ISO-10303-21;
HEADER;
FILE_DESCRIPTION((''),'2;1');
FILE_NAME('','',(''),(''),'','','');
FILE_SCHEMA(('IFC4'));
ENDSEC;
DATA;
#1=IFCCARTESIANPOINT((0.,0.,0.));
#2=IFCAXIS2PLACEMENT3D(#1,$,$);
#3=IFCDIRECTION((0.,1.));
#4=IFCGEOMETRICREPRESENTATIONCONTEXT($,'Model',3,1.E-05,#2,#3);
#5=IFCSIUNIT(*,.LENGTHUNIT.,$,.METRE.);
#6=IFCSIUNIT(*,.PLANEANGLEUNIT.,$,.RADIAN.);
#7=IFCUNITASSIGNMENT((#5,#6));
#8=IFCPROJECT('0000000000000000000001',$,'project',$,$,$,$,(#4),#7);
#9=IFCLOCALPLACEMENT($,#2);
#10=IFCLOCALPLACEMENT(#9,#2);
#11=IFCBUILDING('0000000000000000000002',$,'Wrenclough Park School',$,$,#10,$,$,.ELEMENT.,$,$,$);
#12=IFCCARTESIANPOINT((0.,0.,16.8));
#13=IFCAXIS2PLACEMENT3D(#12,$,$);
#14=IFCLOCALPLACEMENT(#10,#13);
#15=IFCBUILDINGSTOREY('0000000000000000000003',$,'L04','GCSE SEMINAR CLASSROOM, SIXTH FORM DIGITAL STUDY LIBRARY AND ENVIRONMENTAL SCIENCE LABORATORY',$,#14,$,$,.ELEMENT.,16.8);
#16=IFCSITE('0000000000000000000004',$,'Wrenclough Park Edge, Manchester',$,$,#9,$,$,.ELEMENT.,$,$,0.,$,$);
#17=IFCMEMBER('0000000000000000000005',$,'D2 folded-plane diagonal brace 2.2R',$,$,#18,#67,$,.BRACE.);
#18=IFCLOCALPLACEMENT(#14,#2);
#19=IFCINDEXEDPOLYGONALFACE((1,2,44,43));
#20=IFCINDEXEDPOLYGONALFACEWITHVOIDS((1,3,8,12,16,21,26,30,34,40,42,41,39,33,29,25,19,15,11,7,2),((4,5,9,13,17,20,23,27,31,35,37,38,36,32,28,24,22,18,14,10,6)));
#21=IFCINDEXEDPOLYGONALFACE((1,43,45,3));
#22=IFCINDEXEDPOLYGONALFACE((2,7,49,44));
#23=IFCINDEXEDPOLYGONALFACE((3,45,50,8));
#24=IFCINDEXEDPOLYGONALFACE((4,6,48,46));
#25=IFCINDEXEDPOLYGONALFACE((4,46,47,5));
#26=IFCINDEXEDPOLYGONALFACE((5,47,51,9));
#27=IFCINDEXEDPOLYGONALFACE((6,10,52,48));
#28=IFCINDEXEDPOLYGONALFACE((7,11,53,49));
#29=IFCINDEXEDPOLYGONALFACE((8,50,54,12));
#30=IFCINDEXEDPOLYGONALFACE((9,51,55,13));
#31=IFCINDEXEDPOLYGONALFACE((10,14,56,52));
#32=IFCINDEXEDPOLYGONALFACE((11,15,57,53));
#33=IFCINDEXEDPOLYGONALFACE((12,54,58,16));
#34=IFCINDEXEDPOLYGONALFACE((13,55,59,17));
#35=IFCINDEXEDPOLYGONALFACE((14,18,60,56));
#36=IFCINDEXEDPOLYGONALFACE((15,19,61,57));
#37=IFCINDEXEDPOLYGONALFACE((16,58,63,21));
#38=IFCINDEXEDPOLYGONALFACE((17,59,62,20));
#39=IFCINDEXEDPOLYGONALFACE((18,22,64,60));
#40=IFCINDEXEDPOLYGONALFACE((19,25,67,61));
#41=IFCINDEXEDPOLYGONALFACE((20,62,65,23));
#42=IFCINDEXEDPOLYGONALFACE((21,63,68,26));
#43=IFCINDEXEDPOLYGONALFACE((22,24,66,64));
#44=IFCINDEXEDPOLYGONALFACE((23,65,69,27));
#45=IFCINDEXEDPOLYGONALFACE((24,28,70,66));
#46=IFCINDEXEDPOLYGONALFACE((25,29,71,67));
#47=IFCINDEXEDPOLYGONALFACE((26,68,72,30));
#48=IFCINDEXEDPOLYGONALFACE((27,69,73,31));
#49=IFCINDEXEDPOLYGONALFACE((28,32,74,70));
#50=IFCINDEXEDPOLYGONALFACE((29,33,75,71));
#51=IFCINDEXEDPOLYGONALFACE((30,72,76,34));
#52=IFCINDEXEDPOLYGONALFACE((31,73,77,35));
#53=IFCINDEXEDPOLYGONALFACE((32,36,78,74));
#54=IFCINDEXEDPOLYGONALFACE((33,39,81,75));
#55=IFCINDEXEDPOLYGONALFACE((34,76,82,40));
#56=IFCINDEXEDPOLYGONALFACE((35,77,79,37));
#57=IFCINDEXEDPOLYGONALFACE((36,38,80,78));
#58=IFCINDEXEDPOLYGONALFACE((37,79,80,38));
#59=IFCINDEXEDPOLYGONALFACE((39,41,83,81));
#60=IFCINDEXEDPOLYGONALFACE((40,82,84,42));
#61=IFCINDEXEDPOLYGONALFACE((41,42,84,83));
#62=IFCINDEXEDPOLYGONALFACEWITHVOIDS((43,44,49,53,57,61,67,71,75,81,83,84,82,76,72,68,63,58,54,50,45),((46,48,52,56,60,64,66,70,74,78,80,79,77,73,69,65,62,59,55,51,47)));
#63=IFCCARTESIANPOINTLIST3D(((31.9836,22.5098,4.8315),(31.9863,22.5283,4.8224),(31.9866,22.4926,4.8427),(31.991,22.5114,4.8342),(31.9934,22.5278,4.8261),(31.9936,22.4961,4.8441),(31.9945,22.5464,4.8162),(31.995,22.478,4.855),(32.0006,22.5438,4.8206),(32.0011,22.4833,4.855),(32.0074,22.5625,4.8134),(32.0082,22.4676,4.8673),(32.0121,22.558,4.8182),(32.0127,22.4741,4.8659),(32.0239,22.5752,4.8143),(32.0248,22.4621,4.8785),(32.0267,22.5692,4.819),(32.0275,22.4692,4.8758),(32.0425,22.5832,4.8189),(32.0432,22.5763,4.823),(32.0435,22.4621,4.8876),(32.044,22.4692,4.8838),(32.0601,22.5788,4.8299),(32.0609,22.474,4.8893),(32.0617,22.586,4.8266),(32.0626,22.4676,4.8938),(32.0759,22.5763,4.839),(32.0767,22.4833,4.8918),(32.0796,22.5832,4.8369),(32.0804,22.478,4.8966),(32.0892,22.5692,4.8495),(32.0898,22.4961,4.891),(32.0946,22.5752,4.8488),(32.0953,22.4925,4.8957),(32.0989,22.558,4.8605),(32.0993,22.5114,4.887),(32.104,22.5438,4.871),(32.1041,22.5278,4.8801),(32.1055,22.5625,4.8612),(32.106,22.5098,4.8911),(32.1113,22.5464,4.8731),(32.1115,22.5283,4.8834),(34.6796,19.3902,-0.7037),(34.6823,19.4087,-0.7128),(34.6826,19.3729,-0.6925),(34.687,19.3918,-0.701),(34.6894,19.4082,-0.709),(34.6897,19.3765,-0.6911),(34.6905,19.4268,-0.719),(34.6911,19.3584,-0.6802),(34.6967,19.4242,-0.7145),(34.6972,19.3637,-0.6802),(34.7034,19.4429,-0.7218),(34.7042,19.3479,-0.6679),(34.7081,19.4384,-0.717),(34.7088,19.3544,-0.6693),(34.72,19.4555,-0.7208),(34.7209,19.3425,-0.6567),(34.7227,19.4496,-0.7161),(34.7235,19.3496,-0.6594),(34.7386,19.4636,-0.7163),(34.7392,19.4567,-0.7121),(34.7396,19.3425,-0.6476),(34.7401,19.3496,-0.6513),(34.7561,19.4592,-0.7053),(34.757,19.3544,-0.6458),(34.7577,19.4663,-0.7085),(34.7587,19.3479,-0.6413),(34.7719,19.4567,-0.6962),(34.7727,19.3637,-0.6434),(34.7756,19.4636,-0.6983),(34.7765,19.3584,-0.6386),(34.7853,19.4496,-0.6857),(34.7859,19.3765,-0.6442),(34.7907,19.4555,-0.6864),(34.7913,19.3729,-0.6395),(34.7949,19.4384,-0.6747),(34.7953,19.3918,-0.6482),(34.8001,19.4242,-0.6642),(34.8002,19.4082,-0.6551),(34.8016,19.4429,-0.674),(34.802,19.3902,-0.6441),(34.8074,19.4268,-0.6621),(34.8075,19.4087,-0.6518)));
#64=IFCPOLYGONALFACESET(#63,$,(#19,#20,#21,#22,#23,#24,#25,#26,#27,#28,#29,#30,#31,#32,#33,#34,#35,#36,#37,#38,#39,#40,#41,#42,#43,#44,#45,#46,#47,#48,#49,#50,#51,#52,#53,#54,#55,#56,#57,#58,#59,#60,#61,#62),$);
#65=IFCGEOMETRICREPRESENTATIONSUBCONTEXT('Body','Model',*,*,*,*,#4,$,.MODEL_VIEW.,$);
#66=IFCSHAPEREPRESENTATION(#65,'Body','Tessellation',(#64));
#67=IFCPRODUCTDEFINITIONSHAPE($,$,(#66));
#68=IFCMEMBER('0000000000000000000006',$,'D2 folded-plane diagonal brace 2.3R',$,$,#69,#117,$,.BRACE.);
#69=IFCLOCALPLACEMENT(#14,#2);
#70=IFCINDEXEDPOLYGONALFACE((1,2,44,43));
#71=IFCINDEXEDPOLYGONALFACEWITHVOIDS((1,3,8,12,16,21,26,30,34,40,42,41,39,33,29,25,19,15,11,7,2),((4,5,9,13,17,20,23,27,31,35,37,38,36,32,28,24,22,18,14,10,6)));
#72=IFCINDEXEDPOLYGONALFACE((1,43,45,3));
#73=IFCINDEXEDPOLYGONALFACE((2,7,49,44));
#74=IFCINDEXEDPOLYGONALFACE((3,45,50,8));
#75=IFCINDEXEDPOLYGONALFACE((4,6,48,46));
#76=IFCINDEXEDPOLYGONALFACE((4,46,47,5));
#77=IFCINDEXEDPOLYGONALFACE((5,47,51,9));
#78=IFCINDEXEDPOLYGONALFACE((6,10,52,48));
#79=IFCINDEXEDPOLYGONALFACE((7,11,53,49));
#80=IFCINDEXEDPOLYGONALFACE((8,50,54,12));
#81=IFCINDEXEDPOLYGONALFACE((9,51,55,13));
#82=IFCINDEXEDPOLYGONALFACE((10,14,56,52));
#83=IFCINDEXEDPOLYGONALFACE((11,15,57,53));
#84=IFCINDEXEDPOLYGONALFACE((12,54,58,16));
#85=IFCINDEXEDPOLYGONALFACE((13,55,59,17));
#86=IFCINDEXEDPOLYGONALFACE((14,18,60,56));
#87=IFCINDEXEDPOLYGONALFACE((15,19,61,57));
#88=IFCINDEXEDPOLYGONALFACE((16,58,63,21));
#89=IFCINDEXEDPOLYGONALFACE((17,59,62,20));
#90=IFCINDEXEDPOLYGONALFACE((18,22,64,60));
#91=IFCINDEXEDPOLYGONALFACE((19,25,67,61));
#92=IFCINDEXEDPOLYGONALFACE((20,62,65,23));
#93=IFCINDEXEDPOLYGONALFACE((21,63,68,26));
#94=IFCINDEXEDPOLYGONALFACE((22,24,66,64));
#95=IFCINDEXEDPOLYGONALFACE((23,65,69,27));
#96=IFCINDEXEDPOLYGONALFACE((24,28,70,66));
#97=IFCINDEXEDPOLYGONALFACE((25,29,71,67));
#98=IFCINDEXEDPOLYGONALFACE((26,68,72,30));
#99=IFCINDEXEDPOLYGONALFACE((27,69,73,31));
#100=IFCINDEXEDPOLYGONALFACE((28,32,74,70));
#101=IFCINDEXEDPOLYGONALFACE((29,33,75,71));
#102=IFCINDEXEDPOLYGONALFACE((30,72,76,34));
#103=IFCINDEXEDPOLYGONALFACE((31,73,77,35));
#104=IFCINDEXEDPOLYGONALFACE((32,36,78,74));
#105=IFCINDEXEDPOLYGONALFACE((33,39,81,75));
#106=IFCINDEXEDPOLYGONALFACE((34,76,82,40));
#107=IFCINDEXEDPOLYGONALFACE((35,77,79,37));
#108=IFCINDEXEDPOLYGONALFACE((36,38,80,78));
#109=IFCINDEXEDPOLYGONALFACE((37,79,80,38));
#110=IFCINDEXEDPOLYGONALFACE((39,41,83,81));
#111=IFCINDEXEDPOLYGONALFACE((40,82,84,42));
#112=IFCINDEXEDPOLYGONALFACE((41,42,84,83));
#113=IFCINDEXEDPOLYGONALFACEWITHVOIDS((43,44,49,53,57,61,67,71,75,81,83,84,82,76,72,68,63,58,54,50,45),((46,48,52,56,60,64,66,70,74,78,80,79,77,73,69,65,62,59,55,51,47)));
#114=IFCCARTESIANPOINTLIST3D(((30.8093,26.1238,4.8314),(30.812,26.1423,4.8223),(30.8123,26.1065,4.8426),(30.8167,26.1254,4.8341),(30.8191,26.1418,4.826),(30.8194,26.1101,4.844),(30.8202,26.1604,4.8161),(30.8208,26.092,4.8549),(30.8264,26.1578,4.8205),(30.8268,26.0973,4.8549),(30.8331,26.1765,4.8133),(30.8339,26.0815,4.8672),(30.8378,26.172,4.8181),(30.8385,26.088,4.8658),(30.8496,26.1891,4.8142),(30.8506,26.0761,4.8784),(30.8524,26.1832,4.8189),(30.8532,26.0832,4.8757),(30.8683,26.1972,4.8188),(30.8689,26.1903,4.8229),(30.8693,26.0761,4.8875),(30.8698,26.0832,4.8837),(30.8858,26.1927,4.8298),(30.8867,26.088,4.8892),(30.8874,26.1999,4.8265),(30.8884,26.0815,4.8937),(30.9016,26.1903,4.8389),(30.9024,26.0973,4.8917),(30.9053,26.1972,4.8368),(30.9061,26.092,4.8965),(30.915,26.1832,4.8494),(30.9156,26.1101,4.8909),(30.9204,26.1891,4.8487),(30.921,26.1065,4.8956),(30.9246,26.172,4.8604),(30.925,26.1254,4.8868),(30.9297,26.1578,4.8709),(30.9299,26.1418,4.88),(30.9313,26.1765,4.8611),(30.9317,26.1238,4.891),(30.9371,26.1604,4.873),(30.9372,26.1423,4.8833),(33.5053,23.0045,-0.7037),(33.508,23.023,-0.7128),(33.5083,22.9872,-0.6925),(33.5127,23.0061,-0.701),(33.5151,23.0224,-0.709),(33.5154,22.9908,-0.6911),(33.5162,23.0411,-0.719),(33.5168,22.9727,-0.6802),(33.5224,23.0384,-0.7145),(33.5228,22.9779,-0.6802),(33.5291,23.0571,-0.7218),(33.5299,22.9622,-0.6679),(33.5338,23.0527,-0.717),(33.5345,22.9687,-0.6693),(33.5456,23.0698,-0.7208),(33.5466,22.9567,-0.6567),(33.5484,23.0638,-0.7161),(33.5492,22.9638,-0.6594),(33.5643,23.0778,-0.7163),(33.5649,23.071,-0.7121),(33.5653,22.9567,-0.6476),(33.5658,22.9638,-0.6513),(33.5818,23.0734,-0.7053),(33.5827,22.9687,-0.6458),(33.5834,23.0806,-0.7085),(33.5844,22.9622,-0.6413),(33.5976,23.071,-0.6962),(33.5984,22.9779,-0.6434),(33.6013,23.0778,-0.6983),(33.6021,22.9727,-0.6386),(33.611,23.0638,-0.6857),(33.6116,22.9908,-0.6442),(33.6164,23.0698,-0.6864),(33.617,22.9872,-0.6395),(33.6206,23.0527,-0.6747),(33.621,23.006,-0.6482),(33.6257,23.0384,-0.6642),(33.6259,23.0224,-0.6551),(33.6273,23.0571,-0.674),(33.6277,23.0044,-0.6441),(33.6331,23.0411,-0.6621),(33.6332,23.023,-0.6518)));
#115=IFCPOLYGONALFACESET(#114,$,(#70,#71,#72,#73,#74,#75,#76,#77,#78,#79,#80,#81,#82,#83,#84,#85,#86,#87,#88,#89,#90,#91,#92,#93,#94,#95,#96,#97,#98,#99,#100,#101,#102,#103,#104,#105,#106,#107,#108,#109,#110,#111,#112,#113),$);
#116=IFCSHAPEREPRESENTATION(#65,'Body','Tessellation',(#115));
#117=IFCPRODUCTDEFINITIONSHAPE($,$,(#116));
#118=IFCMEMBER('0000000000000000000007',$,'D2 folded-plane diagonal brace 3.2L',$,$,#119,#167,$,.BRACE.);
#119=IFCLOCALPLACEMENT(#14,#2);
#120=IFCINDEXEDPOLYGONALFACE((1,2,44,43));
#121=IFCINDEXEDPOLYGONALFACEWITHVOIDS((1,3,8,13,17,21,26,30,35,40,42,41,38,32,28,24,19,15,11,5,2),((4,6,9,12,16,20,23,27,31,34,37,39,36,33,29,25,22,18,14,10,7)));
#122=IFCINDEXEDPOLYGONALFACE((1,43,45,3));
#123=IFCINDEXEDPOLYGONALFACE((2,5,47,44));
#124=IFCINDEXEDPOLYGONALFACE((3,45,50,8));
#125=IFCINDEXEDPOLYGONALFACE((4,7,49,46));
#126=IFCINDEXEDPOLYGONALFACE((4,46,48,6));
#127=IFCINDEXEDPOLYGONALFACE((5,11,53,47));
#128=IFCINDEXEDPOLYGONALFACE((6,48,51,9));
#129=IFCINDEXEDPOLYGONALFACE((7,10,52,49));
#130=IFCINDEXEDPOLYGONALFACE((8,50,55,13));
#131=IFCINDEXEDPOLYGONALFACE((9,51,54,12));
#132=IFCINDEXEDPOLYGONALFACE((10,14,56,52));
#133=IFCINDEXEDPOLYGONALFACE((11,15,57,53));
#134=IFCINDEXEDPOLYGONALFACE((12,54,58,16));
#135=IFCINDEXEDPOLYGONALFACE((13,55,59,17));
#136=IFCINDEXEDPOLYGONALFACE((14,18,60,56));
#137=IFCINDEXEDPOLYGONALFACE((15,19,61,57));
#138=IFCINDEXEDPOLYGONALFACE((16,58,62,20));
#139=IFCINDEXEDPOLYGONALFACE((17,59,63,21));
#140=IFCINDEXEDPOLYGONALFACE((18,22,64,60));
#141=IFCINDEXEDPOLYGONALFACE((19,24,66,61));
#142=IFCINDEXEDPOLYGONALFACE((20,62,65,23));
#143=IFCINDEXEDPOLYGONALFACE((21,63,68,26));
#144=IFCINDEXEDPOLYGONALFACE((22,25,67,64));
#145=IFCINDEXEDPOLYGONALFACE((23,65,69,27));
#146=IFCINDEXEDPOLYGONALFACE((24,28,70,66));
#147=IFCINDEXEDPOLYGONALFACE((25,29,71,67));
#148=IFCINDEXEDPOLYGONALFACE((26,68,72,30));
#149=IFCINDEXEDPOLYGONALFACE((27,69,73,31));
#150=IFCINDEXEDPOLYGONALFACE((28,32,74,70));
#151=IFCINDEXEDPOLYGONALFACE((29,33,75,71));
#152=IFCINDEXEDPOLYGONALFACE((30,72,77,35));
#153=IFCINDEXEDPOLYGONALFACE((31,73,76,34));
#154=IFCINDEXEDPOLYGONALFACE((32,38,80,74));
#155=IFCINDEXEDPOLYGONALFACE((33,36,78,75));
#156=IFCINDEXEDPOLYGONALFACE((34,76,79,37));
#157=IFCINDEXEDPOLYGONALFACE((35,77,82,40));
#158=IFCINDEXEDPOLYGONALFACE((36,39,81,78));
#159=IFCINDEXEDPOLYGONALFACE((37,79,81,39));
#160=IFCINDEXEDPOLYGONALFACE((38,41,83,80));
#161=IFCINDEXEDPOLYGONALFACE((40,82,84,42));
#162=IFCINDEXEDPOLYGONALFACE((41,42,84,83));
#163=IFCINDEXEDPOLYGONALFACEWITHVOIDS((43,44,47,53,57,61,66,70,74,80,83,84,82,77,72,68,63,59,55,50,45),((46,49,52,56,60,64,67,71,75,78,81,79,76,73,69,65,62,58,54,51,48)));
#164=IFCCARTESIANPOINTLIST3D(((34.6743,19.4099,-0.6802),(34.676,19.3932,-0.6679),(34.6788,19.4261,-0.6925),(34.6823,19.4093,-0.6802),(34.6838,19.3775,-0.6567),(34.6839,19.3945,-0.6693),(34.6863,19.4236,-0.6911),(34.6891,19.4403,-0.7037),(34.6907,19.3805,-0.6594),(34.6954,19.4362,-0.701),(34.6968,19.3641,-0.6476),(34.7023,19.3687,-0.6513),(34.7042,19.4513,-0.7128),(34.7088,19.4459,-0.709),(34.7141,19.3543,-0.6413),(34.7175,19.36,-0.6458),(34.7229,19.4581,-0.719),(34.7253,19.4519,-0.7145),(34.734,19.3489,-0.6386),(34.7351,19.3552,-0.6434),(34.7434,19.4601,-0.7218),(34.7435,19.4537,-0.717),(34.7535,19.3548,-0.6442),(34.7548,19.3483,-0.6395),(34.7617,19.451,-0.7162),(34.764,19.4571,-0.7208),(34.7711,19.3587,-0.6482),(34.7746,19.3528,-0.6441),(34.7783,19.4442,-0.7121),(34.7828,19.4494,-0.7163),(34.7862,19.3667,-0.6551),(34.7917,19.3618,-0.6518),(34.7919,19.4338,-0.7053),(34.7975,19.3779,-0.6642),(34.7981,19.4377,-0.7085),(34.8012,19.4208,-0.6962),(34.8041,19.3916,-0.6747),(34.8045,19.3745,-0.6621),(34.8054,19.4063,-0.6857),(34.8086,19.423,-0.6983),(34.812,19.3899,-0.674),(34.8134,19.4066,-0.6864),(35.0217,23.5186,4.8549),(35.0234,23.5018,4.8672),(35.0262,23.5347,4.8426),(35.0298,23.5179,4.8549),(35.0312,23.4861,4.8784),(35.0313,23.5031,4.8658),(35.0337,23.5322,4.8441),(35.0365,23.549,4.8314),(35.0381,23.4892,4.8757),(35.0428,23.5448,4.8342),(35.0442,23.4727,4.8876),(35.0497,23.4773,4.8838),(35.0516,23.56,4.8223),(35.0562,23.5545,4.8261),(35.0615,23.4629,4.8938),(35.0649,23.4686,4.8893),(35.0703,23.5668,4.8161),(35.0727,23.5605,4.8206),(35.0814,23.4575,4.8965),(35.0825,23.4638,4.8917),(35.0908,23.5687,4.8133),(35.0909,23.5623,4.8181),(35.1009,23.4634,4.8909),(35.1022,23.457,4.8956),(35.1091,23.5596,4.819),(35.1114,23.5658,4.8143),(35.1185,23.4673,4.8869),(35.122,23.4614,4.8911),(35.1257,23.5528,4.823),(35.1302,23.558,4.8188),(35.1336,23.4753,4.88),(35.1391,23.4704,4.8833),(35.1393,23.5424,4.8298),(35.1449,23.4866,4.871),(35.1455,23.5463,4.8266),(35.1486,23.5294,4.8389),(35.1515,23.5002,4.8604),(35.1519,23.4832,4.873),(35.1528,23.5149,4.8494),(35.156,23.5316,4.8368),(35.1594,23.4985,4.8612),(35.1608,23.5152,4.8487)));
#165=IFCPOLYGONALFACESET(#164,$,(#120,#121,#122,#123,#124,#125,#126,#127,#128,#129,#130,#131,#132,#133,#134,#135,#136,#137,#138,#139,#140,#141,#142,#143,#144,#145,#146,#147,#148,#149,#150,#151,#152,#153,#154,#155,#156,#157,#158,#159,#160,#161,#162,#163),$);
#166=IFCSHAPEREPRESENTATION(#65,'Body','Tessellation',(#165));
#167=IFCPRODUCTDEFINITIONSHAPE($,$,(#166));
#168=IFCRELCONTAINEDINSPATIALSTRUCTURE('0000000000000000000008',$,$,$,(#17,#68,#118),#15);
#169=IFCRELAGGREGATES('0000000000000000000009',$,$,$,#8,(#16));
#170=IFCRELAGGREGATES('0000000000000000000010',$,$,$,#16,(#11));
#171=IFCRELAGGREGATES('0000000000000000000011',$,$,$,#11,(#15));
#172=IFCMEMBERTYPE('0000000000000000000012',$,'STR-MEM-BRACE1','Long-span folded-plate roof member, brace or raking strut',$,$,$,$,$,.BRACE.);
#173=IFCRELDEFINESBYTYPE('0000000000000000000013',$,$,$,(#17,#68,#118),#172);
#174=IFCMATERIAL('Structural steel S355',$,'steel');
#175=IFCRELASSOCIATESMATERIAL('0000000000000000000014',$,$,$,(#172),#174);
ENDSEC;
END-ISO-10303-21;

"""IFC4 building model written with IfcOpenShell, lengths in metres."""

from ifc_helpers import new_model, si_unit, direction, frame, origin, origin_2d, place, context, subcontext, project, spatial, hollow_circle, extrude, material, material_profile, profile_set, type_object, element, save


model = new_model("IFC4")

# Units and contexts
model_context = context("Model", 3, precision=1e-05, world=origin(), true_north=direction((0.0, 1.0)))
body_context = subcontext(model_context, "Body", "Model", "MODEL_VIEW")
ifc_project = project(units=[si_unit("LENGTHUNIT", "METRE"), si_unit("PLANEANGLEUNIT", "RADIAN")], contexts=[model_context])

# Site, building, storey
site_placement = place(None, origin())
site = spatial("IfcSite", under=ifc_project, at=site_placement, Name="Wrenclough Park Edge, Manchester", CompositionType="ELEMENT", RefElevation=0.0)
building_placement = place(site_placement, origin())
building = spatial("IfcBuilding", under=site, at=building_placement, Name="Wrenclough Park School", CompositionType="ELEMENT")
storey_placement = place(building_placement, frame((0.0, 0.0, 16.8)))
storey = spatial("IfcBuildingStorey", under=building, at=storey_placement, Name="L04", Description="GCSE SEMINAR CLASSROOM, SIXTH FORM DIGITAL STUDY LIBRARY AND ENVIRONMENTAL SCIENCE LABORATORY", CompositionType="ELEMENT", Elevation=16.8)

# Members
ifc_material = material(Name="Structural steel S355", Category="steel")
ifc_material_profile_1 = material_profile(ifc_material, hollow_circle(Radius=0.0698, WallThickness=0.0081, at=origin_2d()), Name="CHS 139.7x8.0")
ifc_profile_set_1 = profile_set([ifc_material_profile_1], Name="Structural steel S355")
member_type_1 = type_object("IfcMemberType", Name="STR-MEM-BRACE1", Description="Long-span folded-plate roof member, brace or raking strut", PredefinedType="BRACE", material=ifc_profile_set_1)
member_1_placement = place(storey_placement, frame((34.7439, 19.4041, -0.6802), z_axis=(-0.390613, 0.451984, 0.801955), x_axis=(-0.756605, -0.653873, 0.0)))
element("IfcMember", 1, at=member_1_placement, inside=storey, type_object=member_type_1, Name="D2 folded-plane diagonal brace 2.2R", PredefinedType="BRACE", context=body_context, shape_type="SweptSolid", body=[
    extrude(hollow_circle(Radius=0.0698, WallThickness=0.0081, at=origin_2d()), origin(), (0.0, 0.0, 1.0), 6.9021),
])
member_2_placement = place(storey_placement, frame((33.5696, 23.0183, -0.6802), z_axis=(-0.39062, 0.451956, 0.801968), x_axis=(-0.756579, -0.653902, 0.0)))
element("IfcMember", 2, at=member_2_placement, inside=storey, type_object=member_type_1, Name="D2 folded-plane diagonal brace 2.3R", PredefinedType="BRACE", context=body_context, shape_type="SweptSolid", body=[
    extrude(hollow_circle(Radius=0.0698, WallThickness=0.0081, at=origin_2d()), origin(), (0.0, 0.0, 1.0), 6.9019),
])
for number, where, z_axis, x_axis, name in (
    (3, (34.7439, 19.4041, -0.6802), (0.050334, 0.59527, 0.801947), (-0.996444, 0.084256, 0.0), "D2 folded-plane diagonal brace 3.2L"),
):
    element("IfcMember", number, at=place(storey_placement, frame(where, z_axis=z_axis, x_axis=x_axis)), inside=storey, type_object=member_type_1, Name=name, PredefinedType="BRACE", context=body_context, shape_type="SweptSolid", body=[
        extrude(hollow_circle(Radius=0.0698, WallThickness=0.0081, at=origin_2d()), origin(), (0.0, 0.0, 1.0), 6.9021),
    ])

save(model, "model.ifc")
